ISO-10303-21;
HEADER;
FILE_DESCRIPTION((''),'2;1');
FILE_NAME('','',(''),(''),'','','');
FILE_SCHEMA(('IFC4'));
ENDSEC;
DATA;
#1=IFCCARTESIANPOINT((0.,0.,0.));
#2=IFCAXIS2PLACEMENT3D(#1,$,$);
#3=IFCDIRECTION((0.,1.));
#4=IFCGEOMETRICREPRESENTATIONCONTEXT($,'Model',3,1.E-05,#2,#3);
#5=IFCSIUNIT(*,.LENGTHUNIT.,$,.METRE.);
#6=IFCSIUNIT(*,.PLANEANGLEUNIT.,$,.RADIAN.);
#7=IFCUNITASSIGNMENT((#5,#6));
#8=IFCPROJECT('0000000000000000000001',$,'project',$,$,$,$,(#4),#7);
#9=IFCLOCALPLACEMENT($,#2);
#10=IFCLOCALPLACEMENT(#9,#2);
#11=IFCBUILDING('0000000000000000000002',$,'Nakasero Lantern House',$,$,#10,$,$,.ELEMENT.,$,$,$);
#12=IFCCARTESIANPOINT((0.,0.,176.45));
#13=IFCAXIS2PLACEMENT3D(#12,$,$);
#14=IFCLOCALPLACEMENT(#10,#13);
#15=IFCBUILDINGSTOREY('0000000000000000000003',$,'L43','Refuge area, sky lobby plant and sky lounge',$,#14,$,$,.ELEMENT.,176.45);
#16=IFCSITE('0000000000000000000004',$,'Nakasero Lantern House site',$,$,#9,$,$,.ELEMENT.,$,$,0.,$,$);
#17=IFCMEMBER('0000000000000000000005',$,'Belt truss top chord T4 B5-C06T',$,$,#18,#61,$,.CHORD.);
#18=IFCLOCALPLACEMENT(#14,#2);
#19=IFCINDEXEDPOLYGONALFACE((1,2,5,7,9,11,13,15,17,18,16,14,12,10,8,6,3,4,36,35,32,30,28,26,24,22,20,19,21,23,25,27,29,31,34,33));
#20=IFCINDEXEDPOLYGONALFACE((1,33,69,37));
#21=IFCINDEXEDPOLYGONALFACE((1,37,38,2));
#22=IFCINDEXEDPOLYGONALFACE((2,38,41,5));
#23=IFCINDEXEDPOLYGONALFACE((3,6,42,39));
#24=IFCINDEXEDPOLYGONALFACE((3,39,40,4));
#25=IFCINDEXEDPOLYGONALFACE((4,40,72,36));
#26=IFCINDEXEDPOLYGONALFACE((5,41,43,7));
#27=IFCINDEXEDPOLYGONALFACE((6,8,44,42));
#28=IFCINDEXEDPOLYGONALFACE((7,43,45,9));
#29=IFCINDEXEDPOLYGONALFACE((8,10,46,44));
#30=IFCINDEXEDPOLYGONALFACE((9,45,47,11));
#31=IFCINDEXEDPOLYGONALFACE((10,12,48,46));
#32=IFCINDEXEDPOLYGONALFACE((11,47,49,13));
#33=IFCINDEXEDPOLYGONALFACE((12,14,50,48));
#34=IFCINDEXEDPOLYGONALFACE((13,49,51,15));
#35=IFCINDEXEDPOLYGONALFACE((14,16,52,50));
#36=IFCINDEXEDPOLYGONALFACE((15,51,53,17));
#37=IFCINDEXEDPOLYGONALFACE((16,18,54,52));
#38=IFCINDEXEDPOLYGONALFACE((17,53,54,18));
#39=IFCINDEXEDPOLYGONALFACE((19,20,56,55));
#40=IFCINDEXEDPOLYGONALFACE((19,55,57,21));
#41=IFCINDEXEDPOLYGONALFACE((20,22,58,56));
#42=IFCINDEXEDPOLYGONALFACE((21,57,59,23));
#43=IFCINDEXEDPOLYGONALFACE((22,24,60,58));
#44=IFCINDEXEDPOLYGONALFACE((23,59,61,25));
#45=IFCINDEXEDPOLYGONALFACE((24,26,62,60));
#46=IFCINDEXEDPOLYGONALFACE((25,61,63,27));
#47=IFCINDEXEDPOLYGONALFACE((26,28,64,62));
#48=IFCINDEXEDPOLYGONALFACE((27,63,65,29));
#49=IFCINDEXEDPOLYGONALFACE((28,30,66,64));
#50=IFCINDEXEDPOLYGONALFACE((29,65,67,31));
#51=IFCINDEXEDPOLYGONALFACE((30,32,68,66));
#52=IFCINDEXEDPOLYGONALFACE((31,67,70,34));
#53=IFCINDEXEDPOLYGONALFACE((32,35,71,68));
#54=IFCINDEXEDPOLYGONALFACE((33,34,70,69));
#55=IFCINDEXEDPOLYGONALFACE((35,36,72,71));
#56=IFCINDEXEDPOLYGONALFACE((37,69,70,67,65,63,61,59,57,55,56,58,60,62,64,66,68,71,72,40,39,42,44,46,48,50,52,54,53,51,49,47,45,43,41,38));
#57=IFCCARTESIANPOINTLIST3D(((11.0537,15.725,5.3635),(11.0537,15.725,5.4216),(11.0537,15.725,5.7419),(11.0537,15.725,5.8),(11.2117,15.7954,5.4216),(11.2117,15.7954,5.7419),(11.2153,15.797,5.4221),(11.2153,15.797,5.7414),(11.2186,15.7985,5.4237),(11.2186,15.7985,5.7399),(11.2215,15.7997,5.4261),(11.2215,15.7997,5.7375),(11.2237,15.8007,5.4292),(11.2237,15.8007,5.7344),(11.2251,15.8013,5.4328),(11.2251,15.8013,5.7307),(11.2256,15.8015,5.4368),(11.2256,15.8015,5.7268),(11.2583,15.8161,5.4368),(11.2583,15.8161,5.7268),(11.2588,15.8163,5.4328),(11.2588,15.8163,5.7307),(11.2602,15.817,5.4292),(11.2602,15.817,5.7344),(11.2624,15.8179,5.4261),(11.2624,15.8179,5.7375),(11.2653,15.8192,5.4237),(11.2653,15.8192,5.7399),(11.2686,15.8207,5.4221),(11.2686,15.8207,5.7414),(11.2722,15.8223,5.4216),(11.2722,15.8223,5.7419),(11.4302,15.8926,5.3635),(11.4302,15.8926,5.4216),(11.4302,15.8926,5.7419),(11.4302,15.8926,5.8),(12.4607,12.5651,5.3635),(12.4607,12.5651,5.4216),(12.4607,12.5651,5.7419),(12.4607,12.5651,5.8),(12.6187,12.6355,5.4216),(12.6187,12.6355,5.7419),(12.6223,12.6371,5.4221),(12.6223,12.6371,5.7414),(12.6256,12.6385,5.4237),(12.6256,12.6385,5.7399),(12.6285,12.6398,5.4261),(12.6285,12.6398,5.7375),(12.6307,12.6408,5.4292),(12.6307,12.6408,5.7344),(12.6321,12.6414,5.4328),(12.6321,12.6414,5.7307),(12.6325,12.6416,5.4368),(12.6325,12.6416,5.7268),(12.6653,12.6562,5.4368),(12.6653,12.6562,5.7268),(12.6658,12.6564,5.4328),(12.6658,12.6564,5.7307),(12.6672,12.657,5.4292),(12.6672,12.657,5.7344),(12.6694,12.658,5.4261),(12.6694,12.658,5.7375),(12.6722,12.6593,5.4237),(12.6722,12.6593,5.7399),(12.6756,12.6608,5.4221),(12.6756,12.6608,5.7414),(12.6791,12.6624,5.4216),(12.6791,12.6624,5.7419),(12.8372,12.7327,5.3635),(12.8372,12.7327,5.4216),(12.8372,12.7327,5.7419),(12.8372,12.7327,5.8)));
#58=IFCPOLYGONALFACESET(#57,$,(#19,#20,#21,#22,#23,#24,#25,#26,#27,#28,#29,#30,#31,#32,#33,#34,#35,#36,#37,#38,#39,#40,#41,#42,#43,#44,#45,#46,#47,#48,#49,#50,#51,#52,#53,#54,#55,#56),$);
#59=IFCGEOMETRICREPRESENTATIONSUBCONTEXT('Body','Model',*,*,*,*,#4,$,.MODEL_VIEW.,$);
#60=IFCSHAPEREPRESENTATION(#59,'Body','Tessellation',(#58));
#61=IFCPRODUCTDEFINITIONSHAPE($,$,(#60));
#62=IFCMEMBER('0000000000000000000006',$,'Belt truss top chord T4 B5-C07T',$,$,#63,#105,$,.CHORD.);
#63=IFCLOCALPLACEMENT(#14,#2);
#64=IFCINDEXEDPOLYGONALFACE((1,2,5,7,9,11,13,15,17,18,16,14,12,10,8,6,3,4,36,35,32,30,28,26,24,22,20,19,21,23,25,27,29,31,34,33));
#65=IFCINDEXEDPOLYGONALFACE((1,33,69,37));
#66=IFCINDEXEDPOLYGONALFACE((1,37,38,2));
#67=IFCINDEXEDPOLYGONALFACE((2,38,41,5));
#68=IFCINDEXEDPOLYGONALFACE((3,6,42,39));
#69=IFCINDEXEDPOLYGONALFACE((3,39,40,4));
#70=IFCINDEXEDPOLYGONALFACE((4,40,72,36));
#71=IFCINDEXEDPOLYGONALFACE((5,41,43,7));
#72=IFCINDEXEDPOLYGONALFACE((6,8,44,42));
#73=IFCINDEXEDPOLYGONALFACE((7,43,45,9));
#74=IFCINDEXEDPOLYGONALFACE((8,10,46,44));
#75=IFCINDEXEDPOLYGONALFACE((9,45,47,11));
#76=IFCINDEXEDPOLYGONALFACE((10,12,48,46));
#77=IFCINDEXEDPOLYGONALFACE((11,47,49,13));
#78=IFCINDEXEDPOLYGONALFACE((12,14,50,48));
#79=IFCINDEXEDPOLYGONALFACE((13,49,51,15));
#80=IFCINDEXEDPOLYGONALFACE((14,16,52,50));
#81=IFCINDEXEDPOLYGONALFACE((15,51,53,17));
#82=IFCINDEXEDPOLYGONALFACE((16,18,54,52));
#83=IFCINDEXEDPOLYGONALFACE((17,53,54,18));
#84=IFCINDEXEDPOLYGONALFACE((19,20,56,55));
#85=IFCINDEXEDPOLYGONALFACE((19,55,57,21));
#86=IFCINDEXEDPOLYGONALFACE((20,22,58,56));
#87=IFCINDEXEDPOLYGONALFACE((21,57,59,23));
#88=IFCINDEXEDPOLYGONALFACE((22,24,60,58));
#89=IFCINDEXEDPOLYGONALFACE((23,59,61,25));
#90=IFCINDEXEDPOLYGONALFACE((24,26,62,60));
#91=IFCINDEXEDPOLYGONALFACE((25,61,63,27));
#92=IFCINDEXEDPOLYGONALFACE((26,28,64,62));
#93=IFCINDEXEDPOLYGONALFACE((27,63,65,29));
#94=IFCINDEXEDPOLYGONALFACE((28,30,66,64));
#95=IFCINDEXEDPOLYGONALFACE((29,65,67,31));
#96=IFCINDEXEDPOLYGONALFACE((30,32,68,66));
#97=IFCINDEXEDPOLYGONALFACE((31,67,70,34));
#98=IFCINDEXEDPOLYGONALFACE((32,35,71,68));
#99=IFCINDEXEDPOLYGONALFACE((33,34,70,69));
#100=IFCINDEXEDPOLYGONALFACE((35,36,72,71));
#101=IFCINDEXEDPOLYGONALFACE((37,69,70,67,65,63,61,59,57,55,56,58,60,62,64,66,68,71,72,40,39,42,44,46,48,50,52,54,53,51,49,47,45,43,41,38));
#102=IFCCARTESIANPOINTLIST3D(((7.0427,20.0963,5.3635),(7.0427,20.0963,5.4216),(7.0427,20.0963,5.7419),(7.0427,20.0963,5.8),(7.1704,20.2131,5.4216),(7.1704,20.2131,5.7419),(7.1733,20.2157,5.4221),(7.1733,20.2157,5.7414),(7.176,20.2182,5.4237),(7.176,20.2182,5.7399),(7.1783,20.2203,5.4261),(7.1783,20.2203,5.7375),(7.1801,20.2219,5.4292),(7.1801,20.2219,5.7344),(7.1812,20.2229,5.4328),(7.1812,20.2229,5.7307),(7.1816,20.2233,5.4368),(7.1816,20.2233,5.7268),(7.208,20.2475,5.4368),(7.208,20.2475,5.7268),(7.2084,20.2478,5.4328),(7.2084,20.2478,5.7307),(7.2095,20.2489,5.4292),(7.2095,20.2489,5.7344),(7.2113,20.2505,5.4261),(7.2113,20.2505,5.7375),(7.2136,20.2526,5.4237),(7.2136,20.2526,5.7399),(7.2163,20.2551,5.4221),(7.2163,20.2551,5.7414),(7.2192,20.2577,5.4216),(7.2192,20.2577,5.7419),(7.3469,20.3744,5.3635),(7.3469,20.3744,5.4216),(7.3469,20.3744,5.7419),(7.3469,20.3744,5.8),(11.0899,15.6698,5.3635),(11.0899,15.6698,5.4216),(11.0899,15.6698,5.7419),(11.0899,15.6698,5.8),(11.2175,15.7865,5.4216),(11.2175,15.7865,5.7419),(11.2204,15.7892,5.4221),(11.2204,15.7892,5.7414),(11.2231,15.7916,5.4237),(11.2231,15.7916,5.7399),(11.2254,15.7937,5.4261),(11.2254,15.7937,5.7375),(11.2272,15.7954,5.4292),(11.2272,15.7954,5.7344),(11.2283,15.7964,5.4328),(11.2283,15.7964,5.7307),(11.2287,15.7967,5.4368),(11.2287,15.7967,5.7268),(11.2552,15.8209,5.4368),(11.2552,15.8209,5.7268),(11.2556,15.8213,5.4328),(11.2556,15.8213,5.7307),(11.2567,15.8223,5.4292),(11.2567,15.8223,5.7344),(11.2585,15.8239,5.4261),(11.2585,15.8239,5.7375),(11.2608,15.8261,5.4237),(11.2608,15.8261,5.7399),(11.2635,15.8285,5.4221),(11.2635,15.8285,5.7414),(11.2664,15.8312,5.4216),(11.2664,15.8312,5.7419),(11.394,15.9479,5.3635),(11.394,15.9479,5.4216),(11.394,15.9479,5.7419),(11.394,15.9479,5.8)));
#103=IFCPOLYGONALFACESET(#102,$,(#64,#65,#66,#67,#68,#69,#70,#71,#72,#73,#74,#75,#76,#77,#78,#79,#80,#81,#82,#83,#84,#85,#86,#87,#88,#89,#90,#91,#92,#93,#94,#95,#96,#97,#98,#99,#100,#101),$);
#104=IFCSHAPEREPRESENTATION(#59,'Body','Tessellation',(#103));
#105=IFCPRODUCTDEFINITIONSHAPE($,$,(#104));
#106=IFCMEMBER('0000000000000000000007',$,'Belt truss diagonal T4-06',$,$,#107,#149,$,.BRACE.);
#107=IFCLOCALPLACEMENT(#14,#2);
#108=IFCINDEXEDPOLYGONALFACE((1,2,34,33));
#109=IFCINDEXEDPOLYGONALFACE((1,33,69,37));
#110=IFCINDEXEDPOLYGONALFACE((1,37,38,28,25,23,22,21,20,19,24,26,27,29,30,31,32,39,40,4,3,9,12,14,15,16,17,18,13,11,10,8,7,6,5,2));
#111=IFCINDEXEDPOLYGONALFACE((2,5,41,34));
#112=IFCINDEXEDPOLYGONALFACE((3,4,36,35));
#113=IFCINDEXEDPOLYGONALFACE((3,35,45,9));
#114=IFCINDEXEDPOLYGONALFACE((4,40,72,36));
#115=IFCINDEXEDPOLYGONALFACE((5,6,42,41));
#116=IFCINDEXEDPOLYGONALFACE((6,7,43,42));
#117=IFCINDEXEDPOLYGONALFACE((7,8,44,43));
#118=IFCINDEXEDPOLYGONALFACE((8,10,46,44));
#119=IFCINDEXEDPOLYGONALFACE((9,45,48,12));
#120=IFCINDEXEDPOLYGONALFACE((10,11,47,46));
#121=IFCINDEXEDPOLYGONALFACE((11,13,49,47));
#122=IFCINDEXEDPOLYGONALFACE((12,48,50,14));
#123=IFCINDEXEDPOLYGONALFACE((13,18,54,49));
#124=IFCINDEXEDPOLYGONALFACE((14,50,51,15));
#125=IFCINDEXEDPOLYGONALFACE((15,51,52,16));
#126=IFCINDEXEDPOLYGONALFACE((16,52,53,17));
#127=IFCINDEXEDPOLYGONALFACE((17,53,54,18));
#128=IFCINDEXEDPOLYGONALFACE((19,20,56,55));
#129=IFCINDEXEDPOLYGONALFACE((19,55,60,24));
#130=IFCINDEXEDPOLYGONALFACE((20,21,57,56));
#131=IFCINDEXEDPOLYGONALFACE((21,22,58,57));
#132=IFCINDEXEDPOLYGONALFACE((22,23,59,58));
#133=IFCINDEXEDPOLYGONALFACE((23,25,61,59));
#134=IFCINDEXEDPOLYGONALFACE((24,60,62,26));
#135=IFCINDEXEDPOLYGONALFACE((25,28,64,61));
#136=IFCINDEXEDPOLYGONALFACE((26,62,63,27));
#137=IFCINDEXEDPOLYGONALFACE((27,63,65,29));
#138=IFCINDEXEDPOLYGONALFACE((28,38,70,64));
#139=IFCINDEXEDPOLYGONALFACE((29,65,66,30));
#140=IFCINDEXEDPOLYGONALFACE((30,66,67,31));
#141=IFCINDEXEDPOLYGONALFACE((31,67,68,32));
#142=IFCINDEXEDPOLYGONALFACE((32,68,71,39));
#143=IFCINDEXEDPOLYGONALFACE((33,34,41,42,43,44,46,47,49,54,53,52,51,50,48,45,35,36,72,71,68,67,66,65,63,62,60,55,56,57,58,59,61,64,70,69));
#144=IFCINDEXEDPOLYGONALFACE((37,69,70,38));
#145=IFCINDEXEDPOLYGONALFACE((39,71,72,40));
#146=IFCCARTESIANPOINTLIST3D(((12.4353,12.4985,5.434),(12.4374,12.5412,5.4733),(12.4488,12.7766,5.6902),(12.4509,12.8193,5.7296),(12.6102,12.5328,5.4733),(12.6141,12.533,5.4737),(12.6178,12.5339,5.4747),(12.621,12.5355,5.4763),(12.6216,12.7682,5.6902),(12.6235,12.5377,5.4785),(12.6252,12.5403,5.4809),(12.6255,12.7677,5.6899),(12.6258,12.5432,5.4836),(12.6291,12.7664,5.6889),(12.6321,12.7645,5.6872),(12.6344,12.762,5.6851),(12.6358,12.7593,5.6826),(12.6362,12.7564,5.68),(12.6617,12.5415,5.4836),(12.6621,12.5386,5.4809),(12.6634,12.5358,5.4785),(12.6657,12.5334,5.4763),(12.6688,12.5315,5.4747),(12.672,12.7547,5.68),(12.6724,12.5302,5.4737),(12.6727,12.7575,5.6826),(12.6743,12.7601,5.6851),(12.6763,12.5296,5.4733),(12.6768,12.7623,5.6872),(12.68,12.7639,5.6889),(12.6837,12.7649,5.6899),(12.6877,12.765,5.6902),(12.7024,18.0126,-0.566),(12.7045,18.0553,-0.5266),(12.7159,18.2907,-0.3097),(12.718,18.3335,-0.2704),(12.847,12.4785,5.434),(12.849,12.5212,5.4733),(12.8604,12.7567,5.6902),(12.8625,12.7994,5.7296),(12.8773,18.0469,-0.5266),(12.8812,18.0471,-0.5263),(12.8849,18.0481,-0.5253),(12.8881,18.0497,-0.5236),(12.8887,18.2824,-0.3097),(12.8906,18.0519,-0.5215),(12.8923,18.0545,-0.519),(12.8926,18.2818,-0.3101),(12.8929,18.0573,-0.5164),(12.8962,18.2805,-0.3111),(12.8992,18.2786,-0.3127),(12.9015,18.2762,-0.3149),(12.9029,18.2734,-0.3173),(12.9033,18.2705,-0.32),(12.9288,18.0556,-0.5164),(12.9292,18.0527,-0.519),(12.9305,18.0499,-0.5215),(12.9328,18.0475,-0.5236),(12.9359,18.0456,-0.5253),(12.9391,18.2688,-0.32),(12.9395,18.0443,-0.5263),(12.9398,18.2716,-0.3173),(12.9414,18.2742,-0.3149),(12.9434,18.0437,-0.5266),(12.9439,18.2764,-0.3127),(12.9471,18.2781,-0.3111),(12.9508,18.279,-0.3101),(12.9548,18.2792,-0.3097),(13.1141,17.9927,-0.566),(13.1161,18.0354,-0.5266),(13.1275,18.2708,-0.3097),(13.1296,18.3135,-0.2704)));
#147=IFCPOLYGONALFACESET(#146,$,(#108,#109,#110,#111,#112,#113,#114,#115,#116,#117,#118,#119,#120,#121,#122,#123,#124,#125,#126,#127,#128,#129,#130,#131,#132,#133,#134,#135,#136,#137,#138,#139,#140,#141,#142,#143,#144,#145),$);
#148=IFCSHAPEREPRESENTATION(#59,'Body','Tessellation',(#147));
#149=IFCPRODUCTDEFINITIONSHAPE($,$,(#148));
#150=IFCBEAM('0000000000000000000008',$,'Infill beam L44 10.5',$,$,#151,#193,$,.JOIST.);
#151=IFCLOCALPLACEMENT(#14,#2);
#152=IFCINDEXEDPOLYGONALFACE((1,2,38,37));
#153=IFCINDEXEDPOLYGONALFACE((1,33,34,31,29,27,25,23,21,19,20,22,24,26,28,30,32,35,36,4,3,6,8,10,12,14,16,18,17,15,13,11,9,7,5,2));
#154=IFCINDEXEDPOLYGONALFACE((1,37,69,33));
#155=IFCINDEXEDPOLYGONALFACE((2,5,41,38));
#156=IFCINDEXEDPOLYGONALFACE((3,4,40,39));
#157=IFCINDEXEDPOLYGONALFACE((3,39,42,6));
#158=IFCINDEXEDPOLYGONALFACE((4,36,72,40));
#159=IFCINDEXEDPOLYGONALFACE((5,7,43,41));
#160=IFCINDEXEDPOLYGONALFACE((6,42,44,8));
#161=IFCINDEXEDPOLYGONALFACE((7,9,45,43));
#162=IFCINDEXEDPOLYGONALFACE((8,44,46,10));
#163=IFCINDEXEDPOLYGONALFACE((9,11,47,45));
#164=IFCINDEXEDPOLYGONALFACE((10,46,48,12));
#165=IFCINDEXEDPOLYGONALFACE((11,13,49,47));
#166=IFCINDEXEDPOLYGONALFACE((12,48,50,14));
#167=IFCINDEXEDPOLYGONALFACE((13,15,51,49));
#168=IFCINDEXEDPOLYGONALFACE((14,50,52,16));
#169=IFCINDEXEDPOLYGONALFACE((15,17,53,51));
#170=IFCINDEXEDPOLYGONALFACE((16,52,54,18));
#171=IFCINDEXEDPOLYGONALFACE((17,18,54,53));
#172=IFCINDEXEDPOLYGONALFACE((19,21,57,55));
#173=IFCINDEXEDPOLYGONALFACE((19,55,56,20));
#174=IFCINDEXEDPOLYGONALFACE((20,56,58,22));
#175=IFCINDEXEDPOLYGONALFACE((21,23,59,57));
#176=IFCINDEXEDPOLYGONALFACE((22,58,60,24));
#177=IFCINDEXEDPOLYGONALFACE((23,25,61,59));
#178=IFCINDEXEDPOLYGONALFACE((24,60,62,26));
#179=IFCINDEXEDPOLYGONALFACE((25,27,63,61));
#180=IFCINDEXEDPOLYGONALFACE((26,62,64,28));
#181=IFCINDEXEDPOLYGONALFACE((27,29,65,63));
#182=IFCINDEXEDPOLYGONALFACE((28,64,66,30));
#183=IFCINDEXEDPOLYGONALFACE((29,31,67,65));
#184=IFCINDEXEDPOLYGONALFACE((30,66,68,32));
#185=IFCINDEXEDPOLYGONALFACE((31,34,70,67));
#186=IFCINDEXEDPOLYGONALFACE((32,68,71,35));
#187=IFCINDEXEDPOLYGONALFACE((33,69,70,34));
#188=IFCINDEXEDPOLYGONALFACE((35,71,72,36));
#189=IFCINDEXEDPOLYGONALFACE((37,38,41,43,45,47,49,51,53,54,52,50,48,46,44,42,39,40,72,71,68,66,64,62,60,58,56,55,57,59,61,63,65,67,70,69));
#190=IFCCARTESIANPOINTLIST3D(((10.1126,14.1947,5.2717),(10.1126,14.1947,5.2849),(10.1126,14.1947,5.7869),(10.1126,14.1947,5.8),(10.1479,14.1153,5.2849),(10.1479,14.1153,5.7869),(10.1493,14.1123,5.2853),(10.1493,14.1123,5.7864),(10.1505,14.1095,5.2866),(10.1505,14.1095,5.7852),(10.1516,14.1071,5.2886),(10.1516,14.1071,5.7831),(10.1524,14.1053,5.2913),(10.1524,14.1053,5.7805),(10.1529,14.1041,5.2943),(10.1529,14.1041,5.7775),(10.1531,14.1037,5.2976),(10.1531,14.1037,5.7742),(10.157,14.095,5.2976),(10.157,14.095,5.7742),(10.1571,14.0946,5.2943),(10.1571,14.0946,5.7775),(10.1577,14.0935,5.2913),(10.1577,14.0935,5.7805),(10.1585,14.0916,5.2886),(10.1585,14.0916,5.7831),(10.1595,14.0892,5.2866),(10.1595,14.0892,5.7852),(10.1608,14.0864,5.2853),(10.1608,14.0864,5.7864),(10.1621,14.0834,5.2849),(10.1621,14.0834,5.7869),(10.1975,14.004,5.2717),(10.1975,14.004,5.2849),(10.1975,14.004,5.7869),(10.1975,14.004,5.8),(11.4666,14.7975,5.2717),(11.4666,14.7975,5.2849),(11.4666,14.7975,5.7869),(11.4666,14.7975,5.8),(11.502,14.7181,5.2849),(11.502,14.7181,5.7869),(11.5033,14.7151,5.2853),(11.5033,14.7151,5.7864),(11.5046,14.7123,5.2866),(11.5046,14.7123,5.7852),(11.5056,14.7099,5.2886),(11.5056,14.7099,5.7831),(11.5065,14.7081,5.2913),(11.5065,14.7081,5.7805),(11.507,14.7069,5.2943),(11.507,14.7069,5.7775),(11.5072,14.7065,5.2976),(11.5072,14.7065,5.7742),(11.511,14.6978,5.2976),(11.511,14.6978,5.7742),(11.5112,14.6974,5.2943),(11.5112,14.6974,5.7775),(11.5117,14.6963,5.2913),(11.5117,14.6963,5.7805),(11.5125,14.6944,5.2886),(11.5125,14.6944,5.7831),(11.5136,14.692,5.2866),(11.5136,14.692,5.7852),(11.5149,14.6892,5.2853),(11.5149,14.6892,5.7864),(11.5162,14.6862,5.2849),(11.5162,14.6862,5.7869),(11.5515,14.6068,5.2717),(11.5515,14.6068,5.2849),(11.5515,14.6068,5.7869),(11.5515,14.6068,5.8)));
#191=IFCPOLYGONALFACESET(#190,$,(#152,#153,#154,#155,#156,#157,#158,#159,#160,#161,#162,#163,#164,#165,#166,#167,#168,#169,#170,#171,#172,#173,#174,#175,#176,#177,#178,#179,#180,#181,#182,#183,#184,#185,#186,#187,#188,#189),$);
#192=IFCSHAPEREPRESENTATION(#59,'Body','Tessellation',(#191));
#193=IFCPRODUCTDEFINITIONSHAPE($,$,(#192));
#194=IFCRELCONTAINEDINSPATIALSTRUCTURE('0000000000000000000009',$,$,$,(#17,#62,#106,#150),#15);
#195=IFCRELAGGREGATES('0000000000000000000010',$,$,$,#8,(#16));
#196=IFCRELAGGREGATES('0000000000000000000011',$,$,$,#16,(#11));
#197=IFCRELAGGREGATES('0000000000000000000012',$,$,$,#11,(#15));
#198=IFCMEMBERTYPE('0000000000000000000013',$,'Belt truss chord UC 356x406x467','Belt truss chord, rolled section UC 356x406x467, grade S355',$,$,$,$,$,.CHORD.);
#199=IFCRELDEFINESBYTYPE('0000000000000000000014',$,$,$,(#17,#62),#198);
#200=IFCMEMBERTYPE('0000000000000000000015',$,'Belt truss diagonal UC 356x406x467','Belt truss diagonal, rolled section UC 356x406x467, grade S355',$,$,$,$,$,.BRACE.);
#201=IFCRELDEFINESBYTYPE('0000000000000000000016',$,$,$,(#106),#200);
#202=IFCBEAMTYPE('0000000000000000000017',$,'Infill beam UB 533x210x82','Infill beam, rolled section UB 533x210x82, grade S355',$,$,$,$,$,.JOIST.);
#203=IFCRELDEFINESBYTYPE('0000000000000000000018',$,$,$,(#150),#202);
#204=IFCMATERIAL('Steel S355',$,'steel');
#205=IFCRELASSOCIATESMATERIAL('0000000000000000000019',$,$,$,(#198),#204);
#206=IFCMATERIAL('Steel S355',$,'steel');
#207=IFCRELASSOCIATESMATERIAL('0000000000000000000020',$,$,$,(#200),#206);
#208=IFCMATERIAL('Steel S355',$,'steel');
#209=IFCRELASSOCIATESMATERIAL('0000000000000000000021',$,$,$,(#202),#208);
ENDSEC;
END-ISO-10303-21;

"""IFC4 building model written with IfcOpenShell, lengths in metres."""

from ifc_helpers import new_model, si_unit, direction, frame, origin, origin_2d, place, context, subcontext, project, spatial, i_section, extrude, material, material_profile, profile_set, type_object, element, save


model = new_model("IFC4")

# Units and contexts
model_context = context("Model", 3, precision=1e-05, world=origin(), true_north=direction((0.0, 1.0)))
body_context = subcontext(model_context, "Body", "Model", "MODEL_VIEW")
ifc_project = project(units=[si_unit("LENGTHUNIT", "METRE"), si_unit("PLANEANGLEUNIT", "RADIAN")], contexts=[model_context])

# Site, building, storey
site_placement = place(None, origin())
site = spatial("IfcSite", under=ifc_project, at=site_placement, Name="Nakasero Lantern House site", CompositionType="ELEMENT", RefElevation=0.0)
building_placement = place(site_placement, origin())
building = spatial("IfcBuilding", under=site, at=building_placement, Name="Nakasero Lantern House", CompositionType="ELEMENT")
storey_placement = place(building_placement, frame((0.0, 0.0, 176.45)))
storey = spatial("IfcBuildingStorey", under=building, at=storey_placement, Name="L43", Description="Refuge area, sky lobby plant and sky lounge", CompositionType="ELEMENT", Elevation=176.45)

# Members
ifc_material_1 = material(Name="Steel S355", Category="steel")
ifc_material_profile_1 = material_profile(ifc_material_1, i_section(OverallWidth=0.4121, OverallDepth=0.4365, WebThickness=0.0359, FlangeThickness=0.0581, FilletRadius=0.0151, at=origin_2d()), Name="UC 356x406x467")
ifc_profile_set_1 = profile_set([ifc_material_profile_1], Name="Steel S355")
member_type_1 = type_object("IfcMemberType", Name="Belt truss chord UC 356x406x467", Description="Belt truss chord, rolled section UC 356x406x467, grade S355", PredefinedType="CHORD", material=ifc_profile_set_1)
member_1_placement = place(storey_placement, frame((12.6489, 12.6489, 5.5818), z_axis=(-0.406761, 0.913535, 0.0), x_axis=(-0.913535, -0.406761, 0.0)))
element("IfcMember", 1, at=member_1_placement, inside=storey, type_object=member_type_1, Name="Belt truss top chord T4 B5-C06T", PredefinedType="CHORD", context=body_context, shape_type="SweptSolid", body=[
    extrude(i_section(OverallWidth=0.4121, OverallDepth=0.4365, WebThickness=0.0359, FlangeThickness=0.0581, FilletRadius=0.0151, at=origin_2d()), origin(), (0.0, 0.0, 1.0), 3.459),
])
member_2_placement = place(storey_placement, frame((11.2419, 15.8088, 5.5818), z_axis=(-0.674771, 0.738027, 0.0), x_axis=(-0.738027, -0.674771, 0.0)))
element("IfcMember", 2, at=member_2_placement, inside=storey, type_object=member_type_1, Name="Belt truss top chord T4 B5-C07T", PredefinedType="CHORD", context=body_context, shape_type="SweptSolid", body=[
    extrude(i_section(OverallWidth=0.4121, OverallDepth=0.4365, WebThickness=0.0359, FlangeThickness=0.0581, FilletRadius=0.0151, at=origin_2d()), origin(), (0.0, 0.0, 1.0), 5.9978),
])
ifc_material_2 = material(Name="Steel S355", Category="steel")
ifc_material_profile_2 = material_profile(ifc_material_2, i_section(OverallWidth=0.4121, OverallDepth=0.4365, WebThickness=0.0359, FlangeThickness=0.0581, FilletRadius=0.0151, at=origin_2d()), Name="UC 356x406x467")
ifc_profile_set_2 = profile_set([ifc_material_profile_2], Name="Steel S355")
member_type_2 = type_object("IfcMemberType", Name="Belt truss diagonal UC 356x406x467", Description="Belt truss diagonal, rolled section UC 356x406x467, grade S355", PredefinedType="BRACE", material=ifc_profile_set_2)
member_3_placement = place(storey_placement, frame((12.6489, 12.6489, 5.5818), z_axis=(0.032758, 0.676305, -0.735893), x_axis=(-0.998829, 0.04838, 0.0)))
element("IfcMember", 3, at=member_3_placement, inside=storey, type_object=member_type_2, Name="Belt truss diagonal T4-06", PredefinedType="BRACE", context=body_context, shape_type="SweptSolid", body=[
    extrude(i_section(OverallWidth=0.4121, OverallDepth=0.4365, WebThickness=0.0359, FlangeThickness=0.0581, FilletRadius=0.0151, at=origin_2d()), origin(), (0.0, 0.0, 1.0), 8.1533),
])

# Beam
ifc_material_3 = material(Name="Steel S355", Category="steel")
ifc_material_profile_3 = material_profile(ifc_material_3, i_section(OverallWidth=0.2087, OverallDepth=0.5283, WebThickness=0.0095, FlangeThickness=0.0132, FilletRadius=0.0127, at=origin_2d()), Name="UB 533x210x82")
ifc_profile_set_3 = profile_set([ifc_material_profile_3], Name="Steel S355")
beam_type_1 = type_object("IfcBeamType", Name="Infill beam UB 533x210x82", Description="Infill beam, rolled section UB 533x210x82, grade S355", PredefinedType="JOIST", material=ifc_profile_set_3)
beam_1_placement = place(storey_placement, frame((10.155, 14.0994, 5.5359), z_axis=(0.91356, 0.406704, 0.0), x_axis=(-0.406704, 0.91356, 0.0)))
element("IfcBeam", 4, at=beam_1_placement, inside=storey, type_object=beam_type_1, Name="Infill beam L44 10.5", PredefinedType="JOIST", context=body_context, shape_type="SweptSolid", body=[
    extrude(i_section(OverallWidth=0.2087, OverallDepth=0.5283, WebThickness=0.0095, FlangeThickness=0.0132, FilletRadius=0.0127, at=origin_2d()), origin(), (0.0, 0.0, 1.0), 1.4822),
])

save(model, "model.ifc")
